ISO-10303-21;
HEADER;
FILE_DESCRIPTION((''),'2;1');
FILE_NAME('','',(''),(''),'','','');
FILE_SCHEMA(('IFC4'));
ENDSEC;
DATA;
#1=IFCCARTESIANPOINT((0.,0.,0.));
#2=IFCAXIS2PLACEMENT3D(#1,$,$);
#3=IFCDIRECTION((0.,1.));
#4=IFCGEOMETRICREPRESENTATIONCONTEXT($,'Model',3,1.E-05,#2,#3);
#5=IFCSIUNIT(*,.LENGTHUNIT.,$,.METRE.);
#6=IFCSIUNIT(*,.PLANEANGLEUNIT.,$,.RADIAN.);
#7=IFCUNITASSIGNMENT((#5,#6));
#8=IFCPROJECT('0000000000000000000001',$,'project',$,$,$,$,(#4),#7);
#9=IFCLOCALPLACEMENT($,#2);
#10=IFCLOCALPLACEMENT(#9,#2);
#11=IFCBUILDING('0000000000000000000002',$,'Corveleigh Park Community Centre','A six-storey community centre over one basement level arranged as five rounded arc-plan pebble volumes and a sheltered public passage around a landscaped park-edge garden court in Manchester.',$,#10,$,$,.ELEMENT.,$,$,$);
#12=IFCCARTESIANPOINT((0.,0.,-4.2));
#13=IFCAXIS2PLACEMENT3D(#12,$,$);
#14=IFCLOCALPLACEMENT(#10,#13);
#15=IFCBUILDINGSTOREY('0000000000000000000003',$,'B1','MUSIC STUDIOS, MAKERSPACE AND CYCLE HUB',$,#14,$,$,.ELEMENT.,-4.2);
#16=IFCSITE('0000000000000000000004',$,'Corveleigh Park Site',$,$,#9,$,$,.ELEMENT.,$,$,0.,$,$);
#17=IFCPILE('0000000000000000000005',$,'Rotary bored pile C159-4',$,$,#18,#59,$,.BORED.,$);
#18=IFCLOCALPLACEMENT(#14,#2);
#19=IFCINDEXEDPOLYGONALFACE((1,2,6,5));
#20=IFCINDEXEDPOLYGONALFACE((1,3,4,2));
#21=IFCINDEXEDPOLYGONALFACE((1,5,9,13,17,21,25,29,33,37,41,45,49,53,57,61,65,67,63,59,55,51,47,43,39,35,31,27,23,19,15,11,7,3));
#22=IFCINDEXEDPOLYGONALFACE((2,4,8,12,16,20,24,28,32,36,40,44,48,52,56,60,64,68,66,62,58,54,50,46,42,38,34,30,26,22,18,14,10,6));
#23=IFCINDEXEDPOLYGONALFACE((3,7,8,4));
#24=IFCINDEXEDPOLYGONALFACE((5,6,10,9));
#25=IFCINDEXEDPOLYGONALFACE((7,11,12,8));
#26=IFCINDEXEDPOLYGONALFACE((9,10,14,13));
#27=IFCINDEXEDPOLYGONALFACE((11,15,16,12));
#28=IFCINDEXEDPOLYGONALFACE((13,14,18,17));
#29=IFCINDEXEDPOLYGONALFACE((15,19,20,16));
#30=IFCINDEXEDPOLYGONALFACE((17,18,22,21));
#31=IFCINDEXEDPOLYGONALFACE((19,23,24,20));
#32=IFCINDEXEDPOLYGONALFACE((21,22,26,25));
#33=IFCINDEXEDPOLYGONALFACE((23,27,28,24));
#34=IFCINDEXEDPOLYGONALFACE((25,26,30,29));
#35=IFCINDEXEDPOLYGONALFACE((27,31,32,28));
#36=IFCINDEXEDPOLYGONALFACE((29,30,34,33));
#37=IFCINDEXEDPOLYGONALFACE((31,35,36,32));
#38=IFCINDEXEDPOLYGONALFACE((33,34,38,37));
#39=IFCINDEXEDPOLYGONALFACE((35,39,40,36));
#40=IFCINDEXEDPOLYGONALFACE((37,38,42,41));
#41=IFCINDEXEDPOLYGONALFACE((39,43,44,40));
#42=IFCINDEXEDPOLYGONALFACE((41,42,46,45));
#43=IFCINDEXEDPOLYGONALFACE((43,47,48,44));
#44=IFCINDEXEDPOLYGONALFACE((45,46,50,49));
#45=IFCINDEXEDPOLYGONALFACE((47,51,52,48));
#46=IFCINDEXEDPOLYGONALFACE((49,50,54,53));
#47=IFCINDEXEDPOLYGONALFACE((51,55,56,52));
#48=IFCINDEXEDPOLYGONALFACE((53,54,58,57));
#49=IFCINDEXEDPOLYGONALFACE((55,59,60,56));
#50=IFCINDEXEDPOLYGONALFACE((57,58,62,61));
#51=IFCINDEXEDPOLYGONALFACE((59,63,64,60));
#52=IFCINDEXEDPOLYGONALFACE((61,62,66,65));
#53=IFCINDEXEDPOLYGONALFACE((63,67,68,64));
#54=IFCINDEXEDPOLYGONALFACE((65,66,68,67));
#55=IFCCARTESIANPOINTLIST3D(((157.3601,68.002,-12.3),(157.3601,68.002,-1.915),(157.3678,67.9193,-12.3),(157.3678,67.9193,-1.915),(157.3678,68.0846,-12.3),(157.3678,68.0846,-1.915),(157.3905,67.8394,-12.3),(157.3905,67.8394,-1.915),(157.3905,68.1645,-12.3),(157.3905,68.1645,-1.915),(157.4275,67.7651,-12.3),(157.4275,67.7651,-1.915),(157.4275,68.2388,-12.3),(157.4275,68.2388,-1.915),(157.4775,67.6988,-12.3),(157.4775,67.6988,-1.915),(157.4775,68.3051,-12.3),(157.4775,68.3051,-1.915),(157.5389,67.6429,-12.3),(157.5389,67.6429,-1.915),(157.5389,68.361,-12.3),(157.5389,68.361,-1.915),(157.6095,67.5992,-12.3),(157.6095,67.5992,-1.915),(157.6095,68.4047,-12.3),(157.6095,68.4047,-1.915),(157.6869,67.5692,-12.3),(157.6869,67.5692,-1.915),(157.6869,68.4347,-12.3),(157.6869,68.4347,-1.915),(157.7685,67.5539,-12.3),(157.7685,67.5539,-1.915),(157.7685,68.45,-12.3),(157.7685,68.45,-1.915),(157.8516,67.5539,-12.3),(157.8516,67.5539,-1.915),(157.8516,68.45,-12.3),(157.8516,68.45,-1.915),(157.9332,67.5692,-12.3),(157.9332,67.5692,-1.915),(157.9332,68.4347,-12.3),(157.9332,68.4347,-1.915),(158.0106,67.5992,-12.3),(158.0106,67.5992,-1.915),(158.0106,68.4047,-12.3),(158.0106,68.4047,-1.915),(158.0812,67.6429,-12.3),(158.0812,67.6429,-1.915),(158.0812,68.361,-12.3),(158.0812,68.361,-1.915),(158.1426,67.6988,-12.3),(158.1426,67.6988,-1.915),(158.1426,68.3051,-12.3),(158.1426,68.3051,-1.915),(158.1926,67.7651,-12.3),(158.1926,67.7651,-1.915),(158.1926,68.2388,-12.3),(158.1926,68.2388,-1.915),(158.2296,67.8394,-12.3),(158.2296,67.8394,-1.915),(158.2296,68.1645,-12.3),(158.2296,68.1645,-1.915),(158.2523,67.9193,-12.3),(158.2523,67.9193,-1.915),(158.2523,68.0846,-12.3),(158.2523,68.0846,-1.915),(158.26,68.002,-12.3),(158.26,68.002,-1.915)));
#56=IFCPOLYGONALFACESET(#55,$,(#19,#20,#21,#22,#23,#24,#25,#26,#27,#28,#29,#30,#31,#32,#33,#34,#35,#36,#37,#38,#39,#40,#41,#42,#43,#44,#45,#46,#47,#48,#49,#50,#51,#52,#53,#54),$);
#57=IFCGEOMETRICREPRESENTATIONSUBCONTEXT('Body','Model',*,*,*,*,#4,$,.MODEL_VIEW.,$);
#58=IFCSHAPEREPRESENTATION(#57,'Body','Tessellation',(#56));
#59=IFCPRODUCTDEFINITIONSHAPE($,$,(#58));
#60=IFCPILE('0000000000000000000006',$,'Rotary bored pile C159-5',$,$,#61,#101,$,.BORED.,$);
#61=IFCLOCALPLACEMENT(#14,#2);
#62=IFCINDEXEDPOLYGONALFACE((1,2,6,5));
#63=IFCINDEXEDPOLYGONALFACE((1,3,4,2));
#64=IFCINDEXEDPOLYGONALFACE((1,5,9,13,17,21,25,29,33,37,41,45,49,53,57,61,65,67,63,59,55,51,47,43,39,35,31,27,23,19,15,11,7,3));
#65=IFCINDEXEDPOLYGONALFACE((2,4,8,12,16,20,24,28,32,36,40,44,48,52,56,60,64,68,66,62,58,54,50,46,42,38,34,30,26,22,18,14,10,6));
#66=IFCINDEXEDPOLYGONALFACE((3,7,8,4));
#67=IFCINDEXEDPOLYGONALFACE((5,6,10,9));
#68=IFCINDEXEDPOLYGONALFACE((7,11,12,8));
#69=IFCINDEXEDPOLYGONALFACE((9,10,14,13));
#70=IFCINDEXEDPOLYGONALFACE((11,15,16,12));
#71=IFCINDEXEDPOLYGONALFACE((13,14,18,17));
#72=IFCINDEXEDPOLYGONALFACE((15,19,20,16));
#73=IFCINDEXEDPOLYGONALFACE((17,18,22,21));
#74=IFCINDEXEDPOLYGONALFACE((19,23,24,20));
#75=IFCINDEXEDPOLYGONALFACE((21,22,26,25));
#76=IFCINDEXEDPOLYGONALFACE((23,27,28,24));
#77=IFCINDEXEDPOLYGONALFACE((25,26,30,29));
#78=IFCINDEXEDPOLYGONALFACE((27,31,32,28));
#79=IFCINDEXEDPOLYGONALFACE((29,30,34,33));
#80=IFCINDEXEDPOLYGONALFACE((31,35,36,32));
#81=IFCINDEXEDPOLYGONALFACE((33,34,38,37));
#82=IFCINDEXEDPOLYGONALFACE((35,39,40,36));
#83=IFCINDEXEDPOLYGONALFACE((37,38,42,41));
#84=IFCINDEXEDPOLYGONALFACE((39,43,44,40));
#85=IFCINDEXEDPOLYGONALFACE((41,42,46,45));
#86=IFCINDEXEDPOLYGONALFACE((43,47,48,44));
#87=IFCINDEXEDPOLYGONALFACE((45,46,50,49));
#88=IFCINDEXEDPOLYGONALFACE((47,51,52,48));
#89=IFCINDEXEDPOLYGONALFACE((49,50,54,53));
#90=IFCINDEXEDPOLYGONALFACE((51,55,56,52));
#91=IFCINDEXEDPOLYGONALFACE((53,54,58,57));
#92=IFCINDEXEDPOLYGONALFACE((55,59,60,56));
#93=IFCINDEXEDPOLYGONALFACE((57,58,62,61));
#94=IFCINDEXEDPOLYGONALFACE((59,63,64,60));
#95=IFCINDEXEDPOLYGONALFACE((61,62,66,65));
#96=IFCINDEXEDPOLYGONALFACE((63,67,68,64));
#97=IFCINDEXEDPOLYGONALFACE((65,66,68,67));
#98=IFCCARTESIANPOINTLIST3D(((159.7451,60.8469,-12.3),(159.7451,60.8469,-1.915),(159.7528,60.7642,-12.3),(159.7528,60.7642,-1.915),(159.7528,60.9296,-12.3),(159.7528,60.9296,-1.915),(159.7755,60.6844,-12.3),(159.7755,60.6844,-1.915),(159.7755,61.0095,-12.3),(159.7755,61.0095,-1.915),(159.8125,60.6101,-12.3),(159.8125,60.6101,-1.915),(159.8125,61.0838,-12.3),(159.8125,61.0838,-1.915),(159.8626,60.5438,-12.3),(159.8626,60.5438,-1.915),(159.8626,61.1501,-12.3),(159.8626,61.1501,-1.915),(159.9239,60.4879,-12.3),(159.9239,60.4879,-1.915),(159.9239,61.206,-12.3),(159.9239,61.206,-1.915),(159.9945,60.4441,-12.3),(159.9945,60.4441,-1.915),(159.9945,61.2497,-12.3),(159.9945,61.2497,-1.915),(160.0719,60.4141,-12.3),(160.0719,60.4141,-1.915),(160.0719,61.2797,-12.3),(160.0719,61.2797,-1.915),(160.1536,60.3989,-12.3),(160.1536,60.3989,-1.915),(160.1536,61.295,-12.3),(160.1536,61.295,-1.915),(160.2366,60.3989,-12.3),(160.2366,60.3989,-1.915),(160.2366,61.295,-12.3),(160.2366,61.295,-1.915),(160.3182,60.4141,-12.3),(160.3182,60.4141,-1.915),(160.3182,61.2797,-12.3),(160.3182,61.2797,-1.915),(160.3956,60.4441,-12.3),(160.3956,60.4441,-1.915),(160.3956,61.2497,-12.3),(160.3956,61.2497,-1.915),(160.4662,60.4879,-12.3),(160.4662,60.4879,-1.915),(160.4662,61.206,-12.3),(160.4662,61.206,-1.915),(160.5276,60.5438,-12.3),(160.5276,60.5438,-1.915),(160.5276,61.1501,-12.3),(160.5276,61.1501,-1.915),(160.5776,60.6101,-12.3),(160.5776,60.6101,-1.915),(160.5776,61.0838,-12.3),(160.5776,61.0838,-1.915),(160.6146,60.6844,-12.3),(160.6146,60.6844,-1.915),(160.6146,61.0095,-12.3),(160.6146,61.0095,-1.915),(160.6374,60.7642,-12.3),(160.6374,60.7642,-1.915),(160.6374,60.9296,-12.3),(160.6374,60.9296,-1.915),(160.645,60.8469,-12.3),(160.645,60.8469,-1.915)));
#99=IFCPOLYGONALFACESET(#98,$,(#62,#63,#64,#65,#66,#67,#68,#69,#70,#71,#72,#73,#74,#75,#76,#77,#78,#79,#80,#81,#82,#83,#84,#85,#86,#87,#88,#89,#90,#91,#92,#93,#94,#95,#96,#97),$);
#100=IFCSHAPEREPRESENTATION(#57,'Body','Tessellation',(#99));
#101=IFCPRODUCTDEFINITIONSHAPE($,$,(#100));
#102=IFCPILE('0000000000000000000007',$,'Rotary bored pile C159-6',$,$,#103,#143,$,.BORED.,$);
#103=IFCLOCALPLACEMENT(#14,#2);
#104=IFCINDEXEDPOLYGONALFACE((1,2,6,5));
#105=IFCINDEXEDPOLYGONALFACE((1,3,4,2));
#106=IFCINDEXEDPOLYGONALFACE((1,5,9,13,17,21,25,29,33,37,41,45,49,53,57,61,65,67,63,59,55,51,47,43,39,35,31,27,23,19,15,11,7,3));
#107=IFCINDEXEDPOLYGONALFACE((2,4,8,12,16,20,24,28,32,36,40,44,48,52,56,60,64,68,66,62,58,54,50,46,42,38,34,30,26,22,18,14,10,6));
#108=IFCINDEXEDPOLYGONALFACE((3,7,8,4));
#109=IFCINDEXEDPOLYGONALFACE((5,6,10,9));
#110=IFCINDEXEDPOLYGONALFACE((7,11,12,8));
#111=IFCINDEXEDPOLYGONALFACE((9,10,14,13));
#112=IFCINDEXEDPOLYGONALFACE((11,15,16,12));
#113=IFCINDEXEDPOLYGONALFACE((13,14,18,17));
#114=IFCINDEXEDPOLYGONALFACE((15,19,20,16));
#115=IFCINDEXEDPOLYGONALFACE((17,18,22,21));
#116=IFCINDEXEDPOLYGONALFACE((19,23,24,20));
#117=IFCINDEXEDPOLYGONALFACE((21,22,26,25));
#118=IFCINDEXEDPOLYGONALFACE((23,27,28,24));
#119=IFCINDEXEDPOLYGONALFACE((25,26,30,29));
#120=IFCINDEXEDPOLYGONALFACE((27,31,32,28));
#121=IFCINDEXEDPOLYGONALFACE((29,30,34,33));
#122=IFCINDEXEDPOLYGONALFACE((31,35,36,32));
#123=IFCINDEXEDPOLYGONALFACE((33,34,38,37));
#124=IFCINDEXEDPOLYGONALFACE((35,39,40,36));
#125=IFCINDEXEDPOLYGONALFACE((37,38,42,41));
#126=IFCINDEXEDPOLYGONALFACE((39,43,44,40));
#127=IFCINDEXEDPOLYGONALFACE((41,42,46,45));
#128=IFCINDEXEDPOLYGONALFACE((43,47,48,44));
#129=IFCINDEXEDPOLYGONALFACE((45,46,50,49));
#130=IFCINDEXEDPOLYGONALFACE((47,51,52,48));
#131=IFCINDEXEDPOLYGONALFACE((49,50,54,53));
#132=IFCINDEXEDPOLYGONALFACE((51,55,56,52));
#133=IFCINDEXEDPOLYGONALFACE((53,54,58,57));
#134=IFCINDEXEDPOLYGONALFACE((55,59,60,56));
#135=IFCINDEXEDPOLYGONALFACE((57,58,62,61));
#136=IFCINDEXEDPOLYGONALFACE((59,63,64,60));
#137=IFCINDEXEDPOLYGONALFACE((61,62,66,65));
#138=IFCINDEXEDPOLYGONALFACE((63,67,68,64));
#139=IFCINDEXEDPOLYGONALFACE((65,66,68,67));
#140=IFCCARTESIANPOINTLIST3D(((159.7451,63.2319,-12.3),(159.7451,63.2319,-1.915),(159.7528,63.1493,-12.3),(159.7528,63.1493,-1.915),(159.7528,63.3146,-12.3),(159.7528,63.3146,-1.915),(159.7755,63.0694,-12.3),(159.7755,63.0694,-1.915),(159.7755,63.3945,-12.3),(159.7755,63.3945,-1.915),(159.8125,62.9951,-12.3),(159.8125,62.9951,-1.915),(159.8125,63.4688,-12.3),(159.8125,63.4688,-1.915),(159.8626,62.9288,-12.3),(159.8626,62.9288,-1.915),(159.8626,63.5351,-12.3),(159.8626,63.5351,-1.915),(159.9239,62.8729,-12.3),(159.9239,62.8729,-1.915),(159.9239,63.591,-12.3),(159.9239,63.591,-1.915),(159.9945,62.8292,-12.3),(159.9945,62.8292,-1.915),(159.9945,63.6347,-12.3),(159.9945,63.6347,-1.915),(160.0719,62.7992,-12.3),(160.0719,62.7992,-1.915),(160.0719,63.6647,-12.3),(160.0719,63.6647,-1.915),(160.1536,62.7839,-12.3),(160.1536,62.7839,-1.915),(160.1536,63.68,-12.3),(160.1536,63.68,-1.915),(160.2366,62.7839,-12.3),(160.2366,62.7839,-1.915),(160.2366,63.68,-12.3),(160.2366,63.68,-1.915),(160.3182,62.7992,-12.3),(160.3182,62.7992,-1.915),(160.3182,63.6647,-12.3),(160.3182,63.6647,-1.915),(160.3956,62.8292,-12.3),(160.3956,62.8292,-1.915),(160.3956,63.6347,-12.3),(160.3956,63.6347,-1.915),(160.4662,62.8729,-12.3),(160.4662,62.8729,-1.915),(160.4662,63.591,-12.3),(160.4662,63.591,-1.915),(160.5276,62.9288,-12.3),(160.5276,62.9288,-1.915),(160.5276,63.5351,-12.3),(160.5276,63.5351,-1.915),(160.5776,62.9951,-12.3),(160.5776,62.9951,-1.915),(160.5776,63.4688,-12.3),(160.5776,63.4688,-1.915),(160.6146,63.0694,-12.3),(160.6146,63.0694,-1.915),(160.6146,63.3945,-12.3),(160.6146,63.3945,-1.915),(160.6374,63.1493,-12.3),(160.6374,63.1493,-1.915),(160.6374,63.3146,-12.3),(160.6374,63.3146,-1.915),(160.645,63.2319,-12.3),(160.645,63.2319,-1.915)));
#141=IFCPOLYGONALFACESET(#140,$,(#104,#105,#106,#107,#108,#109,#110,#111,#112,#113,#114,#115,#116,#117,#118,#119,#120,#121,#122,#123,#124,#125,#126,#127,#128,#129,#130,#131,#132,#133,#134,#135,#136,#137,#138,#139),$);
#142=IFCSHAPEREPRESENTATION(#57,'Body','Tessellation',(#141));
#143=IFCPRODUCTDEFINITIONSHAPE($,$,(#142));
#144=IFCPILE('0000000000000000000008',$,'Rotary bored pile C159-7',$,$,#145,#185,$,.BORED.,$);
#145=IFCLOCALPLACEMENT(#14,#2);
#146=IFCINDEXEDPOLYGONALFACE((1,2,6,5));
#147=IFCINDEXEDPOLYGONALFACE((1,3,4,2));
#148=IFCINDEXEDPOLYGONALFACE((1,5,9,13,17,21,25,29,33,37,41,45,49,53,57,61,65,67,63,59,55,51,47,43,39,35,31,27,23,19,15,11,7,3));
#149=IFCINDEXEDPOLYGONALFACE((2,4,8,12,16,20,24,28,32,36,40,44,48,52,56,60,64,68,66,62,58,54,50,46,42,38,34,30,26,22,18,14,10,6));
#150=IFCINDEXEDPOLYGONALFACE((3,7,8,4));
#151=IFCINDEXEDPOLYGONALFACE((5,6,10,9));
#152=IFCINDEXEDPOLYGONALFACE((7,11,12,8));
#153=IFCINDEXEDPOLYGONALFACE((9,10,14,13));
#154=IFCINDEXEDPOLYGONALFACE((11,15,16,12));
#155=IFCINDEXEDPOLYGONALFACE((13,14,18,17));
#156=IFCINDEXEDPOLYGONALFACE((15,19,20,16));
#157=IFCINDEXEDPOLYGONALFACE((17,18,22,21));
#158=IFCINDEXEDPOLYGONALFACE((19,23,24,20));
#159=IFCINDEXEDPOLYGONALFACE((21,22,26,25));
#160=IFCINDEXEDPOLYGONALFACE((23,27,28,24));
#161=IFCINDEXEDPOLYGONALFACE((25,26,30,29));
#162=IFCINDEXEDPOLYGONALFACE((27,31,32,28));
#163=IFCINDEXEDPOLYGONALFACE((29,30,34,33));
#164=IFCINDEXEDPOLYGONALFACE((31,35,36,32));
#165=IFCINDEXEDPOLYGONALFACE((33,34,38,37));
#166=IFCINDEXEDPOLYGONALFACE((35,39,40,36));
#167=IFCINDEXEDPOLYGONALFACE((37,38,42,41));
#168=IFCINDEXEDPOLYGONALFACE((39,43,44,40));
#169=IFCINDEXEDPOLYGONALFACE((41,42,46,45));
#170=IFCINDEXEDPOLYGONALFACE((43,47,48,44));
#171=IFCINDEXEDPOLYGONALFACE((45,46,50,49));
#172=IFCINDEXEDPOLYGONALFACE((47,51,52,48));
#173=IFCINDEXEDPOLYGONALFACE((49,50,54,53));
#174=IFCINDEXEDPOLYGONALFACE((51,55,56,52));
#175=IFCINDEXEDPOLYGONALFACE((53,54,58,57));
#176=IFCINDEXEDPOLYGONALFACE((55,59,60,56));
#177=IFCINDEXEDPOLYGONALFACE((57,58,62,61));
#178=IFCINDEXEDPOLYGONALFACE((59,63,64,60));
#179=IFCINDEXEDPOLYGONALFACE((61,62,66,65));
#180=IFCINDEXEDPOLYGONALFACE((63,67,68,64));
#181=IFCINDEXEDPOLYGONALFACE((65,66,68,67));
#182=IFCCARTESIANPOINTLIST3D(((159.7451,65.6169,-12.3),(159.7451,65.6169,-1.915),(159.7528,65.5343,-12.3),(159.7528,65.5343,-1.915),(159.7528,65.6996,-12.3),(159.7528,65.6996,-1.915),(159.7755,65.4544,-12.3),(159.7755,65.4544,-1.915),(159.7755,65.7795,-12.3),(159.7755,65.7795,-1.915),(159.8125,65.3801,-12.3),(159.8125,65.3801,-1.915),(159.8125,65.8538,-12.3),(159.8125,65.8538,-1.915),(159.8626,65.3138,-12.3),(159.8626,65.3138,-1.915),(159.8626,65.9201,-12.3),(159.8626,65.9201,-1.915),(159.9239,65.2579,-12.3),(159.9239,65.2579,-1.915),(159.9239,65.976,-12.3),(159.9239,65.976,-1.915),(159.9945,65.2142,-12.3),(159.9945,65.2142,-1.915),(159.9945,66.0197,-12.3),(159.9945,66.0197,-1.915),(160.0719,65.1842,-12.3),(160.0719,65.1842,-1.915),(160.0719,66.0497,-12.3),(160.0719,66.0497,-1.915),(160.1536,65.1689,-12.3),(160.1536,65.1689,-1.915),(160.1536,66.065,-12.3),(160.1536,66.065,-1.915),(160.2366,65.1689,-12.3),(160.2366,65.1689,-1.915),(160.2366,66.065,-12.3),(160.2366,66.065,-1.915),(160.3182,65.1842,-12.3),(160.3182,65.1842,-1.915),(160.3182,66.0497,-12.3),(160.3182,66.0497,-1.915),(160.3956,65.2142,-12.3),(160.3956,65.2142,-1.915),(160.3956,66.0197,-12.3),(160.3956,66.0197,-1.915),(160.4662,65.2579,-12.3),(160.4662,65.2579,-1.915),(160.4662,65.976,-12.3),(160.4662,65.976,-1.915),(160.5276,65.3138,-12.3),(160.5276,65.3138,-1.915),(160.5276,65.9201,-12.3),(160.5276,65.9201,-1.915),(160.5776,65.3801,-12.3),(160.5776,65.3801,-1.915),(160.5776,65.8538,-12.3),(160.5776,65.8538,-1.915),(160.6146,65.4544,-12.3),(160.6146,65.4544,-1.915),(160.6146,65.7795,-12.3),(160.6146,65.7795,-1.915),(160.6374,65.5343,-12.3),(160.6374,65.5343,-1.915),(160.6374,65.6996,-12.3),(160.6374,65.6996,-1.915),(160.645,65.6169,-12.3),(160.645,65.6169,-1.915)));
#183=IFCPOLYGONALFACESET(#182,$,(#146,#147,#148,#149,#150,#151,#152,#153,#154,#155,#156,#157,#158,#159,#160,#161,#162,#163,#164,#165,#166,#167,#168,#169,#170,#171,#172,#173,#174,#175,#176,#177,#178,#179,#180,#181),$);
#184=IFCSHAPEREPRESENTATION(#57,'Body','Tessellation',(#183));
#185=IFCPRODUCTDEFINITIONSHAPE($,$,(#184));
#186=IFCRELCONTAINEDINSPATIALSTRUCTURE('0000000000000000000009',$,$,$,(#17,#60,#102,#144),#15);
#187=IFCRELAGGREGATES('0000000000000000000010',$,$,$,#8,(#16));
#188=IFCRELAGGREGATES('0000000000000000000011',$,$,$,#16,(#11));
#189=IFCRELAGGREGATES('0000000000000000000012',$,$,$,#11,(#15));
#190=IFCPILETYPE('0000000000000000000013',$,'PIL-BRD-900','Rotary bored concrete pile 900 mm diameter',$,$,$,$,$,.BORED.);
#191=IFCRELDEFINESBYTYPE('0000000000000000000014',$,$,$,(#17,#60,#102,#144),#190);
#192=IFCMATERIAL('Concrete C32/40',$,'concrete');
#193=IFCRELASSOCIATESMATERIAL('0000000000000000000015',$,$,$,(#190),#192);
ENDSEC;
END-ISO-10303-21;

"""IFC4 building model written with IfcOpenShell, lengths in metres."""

from ifc_helpers import new_model, si_unit, direction, frame, origin, origin_2d, place, context, subcontext, project, spatial, circle, extrude, material, material_profile, profile_set, type_object, element, save


model = new_model("IFC4")

# Units and contexts
model_context = context("Model", 3, precision=1e-05, world=origin(), true_north=direction((0.0, 1.0)))
body_context = subcontext(model_context, "Body", "Model", "MODEL_VIEW")
ifc_project = project(units=[si_unit("LENGTHUNIT", "METRE"), si_unit("PLANEANGLEUNIT", "RADIAN")], contexts=[model_context])

# Site, building, storey
site_placement = place(None, origin())
site = spatial("IfcSite", under=ifc_project, at=site_placement, Name="Corveleigh Park Site", CompositionType="ELEMENT", RefElevation=0.0)
building_placement = place(site_placement, origin())
building = spatial("IfcBuilding", under=site, at=building_placement, Name="Corveleigh Park Community Centre", Description="A six-storey community centre over one basement level arranged as five rounded arc-plan pebble volumes and a sheltered public passage around a landscaped park-edge garden court in Manchester.", CompositionType="ELEMENT")
storey_placement = place(building_placement, frame((0.0, 0.0, -4.2)))
storey = spatial("IfcBuildingStorey", under=building, at=storey_placement, Name="B1", Description="MUSIC STUDIOS, MAKERSPACE AND CYCLE HUB", CompositionType="ELEMENT", Elevation=-4.2)

# Piles
ifc_material_1 = material(Name="Concrete C32/40", Category="concrete")
ifc_material_profile_1 = material_profile(ifc_material_1, circle(Radius=0.45, at=origin_2d()), Name="BORED-PILE-900", Category="concrete")
ifc_profile_set_1 = profile_set([ifc_material_profile_1], Name="Concrete C32/40")
pile_type = type_object("IfcPileType", Name="PIL-BRD-900", Description="Rotary bored concrete pile 900 mm diameter", PredefinedType="BORED", material=ifc_profile_set_1)
for number, where, z_axis, x_axis, name in (
    (1, (157.8101, 68.002, -1.915), (0.0, 0.0, -1.0), (1.0, 0.0, 0.0), "Rotary bored pile C159-4"),
    (2, (160.1951, 60.8469, -1.915), (0.0, 0.0, -1.0), (1.0, 0.0, 0.0), "Rotary bored pile C159-5"),
    (3, (160.1951, 63.2319, -1.915), (0.0, 0.0, -1.0), (1.0, 0.0, 0.0), "Rotary bored pile C159-6"),
    (4, (160.1951, 65.6169, -1.915), (0.0, 0.0, -1.0), (1.0, 0.0, 0.0), "Rotary bored pile C159-7"),
):
    element("IfcPile", number, at=place(storey_placement, frame(where, z_axis=z_axis, x_axis=x_axis)), inside=storey, type_object=pile_type, Name=name, PredefinedType="BORED", context=body_context, shape_type="SweptSolid", body=[
        extrude(circle(Radius=0.45, at=origin_2d()), origin(), (0.0, 0.0, 1.0), 10.385),
    ])

save(model, "model.ifc")
